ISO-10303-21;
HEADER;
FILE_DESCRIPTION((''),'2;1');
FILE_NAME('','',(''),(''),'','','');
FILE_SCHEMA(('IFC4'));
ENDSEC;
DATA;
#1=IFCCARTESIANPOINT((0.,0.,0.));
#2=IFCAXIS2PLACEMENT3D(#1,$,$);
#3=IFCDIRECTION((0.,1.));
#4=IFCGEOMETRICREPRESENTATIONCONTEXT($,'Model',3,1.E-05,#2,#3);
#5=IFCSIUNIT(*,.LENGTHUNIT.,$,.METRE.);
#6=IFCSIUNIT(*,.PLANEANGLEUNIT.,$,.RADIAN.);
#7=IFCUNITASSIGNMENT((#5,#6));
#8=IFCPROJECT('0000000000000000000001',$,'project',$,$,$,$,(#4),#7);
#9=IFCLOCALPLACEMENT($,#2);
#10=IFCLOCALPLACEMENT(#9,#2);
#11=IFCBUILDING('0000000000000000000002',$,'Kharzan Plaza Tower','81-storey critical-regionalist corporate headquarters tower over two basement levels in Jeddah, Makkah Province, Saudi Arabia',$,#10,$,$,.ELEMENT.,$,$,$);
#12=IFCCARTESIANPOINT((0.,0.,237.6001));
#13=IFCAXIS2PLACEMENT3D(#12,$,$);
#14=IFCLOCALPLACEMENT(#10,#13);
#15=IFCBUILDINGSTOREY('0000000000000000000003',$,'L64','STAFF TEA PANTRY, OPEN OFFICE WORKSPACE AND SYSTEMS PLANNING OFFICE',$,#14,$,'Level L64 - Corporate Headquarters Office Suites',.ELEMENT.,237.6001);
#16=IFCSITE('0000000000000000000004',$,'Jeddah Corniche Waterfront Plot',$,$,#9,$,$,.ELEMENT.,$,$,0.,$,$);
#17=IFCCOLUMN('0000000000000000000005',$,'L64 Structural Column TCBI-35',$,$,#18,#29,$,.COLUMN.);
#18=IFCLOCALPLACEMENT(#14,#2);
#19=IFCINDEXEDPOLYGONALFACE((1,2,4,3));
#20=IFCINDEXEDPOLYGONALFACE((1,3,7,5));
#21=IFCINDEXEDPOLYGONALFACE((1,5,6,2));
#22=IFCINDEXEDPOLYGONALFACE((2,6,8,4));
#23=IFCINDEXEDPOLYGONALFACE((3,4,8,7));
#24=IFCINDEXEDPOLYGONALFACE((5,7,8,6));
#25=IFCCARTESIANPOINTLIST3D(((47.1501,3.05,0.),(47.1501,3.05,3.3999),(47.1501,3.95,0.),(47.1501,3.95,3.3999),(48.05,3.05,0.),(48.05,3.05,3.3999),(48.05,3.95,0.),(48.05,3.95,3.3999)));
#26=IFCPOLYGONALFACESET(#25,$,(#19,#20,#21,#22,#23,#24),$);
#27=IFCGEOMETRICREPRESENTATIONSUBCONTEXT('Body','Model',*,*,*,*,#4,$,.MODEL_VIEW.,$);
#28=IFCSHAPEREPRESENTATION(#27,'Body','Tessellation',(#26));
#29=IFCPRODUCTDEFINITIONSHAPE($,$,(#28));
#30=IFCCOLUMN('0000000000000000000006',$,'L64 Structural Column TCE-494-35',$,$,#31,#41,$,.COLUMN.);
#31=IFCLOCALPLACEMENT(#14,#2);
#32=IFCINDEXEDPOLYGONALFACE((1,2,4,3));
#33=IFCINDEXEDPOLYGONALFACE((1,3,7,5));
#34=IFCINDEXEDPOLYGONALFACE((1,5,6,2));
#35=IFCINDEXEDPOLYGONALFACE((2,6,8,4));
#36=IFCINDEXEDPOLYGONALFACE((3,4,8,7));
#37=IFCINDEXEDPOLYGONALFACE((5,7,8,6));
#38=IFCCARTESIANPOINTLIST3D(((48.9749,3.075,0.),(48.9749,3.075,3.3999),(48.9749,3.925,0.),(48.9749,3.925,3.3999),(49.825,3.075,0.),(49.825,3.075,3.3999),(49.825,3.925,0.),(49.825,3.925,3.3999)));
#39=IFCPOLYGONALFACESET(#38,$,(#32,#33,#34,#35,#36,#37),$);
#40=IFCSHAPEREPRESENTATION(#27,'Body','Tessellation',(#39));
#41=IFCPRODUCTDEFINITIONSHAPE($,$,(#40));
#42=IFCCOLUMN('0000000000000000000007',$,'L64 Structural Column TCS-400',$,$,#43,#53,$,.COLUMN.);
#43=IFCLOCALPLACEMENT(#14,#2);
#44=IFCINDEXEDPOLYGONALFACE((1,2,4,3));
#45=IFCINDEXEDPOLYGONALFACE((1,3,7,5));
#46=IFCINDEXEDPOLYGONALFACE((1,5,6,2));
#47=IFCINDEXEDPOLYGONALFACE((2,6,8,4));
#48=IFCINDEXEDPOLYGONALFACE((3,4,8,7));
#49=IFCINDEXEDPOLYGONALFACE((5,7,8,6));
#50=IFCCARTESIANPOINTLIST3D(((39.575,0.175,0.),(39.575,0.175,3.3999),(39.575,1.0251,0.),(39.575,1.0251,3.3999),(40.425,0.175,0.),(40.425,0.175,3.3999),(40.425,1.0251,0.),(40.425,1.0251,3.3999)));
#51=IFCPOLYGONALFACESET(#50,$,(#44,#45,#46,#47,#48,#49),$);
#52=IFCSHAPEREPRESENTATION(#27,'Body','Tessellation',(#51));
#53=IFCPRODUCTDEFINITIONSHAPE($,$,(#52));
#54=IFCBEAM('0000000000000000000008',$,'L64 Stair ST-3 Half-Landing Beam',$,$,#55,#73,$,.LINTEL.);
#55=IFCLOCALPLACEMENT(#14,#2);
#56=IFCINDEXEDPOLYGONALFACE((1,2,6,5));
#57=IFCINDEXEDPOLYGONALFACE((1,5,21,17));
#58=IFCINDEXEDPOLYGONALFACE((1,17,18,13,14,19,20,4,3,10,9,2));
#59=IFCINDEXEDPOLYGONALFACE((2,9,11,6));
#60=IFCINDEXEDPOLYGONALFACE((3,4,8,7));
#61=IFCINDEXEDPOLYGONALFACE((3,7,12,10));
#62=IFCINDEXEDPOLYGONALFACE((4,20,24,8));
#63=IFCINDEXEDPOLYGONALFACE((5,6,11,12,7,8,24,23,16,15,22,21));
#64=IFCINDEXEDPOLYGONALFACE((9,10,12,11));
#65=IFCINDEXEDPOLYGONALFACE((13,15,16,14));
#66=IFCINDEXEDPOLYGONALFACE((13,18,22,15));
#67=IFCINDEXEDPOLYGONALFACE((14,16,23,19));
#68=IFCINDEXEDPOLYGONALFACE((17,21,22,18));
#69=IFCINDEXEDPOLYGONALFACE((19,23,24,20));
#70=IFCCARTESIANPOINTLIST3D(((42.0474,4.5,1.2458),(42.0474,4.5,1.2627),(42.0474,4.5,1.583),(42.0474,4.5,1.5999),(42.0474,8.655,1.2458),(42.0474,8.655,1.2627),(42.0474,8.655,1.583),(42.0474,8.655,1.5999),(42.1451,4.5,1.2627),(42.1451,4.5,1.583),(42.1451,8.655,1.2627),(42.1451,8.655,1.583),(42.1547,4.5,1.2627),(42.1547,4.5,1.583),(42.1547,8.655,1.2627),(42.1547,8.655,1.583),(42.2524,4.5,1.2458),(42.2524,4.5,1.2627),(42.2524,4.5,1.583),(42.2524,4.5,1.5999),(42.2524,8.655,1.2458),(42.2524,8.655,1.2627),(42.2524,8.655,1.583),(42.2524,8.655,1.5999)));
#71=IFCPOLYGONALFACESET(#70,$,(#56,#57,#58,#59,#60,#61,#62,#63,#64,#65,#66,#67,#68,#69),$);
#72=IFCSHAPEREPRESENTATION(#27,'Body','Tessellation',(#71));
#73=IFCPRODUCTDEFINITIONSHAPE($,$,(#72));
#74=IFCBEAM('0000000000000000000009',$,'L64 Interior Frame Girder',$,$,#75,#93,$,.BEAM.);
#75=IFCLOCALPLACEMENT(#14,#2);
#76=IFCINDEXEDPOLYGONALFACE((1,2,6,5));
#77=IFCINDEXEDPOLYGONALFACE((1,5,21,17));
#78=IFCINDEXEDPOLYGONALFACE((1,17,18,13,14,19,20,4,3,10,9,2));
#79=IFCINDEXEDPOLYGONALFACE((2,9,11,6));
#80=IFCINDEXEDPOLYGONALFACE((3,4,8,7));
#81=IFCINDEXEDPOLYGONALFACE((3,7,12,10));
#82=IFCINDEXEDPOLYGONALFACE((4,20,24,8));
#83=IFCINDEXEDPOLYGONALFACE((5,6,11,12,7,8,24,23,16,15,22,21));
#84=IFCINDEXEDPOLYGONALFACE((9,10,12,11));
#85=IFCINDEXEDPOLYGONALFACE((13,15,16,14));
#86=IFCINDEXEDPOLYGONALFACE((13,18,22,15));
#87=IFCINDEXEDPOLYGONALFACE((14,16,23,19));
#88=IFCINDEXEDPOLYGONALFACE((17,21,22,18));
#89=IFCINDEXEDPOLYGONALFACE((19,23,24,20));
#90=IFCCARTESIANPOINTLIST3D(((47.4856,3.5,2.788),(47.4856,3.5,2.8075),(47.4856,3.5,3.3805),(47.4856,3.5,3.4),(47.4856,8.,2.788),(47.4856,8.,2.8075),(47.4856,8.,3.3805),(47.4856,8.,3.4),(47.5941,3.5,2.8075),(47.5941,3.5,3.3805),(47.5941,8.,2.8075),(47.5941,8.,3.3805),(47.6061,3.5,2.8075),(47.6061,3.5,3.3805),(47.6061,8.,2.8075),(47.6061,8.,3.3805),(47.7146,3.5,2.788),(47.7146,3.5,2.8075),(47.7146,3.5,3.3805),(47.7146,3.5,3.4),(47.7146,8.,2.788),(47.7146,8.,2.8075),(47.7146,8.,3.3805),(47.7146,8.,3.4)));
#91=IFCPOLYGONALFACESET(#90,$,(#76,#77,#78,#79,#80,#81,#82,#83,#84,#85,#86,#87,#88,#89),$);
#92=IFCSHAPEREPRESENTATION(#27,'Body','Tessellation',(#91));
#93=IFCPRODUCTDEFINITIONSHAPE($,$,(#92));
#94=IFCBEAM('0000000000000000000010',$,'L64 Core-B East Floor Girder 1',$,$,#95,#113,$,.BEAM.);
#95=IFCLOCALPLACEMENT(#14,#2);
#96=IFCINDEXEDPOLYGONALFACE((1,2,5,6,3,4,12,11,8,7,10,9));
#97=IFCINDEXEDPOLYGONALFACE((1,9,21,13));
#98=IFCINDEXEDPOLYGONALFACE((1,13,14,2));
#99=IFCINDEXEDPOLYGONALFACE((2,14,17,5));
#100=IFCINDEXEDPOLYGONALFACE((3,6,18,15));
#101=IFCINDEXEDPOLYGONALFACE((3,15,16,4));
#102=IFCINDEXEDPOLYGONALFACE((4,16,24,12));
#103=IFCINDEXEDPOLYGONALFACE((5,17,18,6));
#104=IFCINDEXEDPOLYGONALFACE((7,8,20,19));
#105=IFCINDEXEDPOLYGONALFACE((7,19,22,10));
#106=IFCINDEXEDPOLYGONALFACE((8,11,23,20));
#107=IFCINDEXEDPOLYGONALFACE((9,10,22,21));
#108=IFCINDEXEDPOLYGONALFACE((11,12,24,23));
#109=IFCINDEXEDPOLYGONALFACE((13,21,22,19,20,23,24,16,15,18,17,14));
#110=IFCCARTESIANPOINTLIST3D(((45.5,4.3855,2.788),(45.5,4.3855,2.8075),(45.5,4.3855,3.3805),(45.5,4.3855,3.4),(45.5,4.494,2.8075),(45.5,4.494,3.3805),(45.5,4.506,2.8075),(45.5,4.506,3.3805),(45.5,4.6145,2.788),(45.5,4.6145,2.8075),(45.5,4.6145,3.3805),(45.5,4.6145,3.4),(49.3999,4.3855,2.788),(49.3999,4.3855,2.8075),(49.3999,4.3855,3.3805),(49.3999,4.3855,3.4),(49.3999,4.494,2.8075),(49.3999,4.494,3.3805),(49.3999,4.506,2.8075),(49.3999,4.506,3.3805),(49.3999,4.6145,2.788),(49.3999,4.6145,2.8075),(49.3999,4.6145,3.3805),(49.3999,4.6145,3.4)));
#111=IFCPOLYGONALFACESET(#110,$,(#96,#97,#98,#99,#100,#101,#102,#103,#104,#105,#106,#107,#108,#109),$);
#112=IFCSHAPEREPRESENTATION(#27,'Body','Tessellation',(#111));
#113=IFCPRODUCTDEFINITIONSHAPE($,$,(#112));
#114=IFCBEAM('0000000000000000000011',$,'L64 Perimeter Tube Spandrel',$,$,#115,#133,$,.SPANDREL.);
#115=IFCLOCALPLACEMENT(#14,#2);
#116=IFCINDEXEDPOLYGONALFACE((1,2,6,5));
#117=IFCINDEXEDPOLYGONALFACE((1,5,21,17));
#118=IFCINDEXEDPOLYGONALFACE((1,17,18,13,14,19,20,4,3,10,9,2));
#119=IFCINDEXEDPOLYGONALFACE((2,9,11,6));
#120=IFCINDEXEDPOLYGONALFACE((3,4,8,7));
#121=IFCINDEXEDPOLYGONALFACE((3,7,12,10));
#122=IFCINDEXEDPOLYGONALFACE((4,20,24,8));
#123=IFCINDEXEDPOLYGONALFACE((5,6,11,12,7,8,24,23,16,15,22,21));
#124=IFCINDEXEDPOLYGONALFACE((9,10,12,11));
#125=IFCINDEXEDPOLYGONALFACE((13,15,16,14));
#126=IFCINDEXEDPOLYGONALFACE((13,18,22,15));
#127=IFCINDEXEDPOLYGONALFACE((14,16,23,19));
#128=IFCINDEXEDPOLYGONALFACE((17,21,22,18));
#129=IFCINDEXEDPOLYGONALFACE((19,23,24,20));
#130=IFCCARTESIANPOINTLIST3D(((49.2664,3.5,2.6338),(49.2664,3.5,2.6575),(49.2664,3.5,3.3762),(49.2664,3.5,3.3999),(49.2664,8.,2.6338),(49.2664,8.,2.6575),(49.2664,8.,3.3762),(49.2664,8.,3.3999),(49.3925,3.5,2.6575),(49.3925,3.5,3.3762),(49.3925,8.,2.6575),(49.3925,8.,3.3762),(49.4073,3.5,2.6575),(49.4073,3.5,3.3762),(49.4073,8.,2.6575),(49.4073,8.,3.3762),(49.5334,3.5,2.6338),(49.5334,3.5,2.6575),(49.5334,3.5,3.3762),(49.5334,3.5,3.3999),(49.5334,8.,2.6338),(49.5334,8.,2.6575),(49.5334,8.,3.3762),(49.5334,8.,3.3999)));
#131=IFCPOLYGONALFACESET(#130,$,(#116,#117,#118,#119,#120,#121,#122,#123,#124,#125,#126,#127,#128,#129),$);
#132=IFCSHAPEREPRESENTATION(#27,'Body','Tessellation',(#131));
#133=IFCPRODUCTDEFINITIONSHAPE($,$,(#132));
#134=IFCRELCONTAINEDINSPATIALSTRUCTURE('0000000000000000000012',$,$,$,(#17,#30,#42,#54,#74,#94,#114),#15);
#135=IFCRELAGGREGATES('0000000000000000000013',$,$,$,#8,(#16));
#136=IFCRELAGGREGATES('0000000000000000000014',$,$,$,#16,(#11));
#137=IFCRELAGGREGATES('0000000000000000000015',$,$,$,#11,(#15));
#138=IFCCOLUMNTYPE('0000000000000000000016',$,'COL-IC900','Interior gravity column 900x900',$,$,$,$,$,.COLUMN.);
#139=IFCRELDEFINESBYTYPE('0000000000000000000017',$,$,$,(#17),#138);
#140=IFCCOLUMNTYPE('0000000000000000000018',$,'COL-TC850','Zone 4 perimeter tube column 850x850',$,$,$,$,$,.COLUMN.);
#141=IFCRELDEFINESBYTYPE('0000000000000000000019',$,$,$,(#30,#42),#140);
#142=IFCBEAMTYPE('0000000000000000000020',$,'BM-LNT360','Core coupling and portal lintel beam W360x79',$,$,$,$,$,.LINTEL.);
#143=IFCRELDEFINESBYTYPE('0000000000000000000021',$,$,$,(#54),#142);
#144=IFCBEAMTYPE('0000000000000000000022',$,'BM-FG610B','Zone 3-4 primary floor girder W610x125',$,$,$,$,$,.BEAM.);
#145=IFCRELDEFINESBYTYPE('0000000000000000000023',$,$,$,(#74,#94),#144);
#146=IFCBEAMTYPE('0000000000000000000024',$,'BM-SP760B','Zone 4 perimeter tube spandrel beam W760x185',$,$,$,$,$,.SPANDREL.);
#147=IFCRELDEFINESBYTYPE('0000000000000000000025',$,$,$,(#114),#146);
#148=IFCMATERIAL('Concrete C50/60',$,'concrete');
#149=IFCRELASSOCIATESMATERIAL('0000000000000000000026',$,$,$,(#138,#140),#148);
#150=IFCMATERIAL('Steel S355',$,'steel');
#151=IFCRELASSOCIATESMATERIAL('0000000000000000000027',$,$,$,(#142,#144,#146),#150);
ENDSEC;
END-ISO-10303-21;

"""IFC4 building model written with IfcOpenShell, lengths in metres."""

from ifc_helpers import new_model, si_unit, direction, frame, origin, origin_2d, place, context, subcontext, project, spatial, rectangle, i_section, extrude, source, transform, mapped, material, material_profile, profile_set, type_object, element, save


model = new_model("IFC4")

# Units and contexts
model_context = context("Model", 3, precision=1e-05, world=origin(), true_north=direction((0.0, 1.0)))
body_context = subcontext(model_context, "Body", "Model", "MODEL_VIEW")
ifc_project = project(units=[si_unit("LENGTHUNIT", "METRE"), si_unit("PLANEANGLEUNIT", "RADIAN")], contexts=[model_context])

# Site, building, storey
site_placement = place(None, origin())
site = spatial("IfcSite", under=ifc_project, at=site_placement, Name="Jeddah Corniche Waterfront Plot", CompositionType="ELEMENT", RefElevation=0.0)
building_placement = place(site_placement, origin())
building = spatial("IfcBuilding", under=site, at=building_placement, Name="Kharzan Plaza Tower", Description="81-storey critical-regionalist corporate headquarters tower over two basement levels in Jeddah, Makkah Province, Saudi Arabia", CompositionType="ELEMENT")
storey_placement = place(building_placement, frame((0.0, 0.0, 237.6001)))
storey = spatial("IfcBuildingStorey", under=building, at=storey_placement, Name="L64", Description="STAFF TEA PANTRY, OPEN OFFICE WORKSPACE AND SYSTEMS PLANNING OFFICE", LongName="Level L64 - Corporate Headquarters Office Suites", CompositionType="ELEMENT", Elevation=237.6001)

# Columns
ifc_material_1 = material(Name="Concrete C50/60", Category="concrete")
ifc_material_profile_1 = material_profile(ifc_material_1, rectangle(XDim=0.8999, YDim=0.8999, at=origin_2d()), Name="RC-IC900x900")
ifc_profile_set_1 = profile_set([ifc_material_profile_1], Name="Concrete C50/60")
column_type_1 = type_object("IfcColumnType", Name="COL-IC900", Description="Interior gravity column 900x900", PredefinedType="COLUMN", material=ifc_profile_set_1)
shared_shape_1 = source(origin(), body_context, "Body", "SweptSolid", [
    extrude(rectangle(XDim=0.8999, YDim=0.8999, at=origin_2d()), origin(), (0.0, 0.0, 1.0), 3.3999),
])
column_placement = place(storey_placement, frame((47.6001, 3.5, 0.0), z_axis=(0.0, 0.0, 1.0), x_axis=(1.0, 0.0, 0.0)))
element("IfcColumn", 1, at=column_placement, inside=storey, type_object=column_type_1, Name="L64 Structural Column TCBI-35", PredefinedType="COLUMN", context=body_context, shape_type="MappedRepresentation", body=[
    mapped(shared_shape_1, transform((0.0, 0.0, 0.0), x_axis=(1.0, 0.0, 0.0), y_axis=(0.0, 1.0, 0.0), z_axis=(0.0, 0.0, 1.0))),
])
ifc_material_profile_2 = material_profile(ifc_material_1, rectangle(XDim=0.8501, YDim=0.8501, at=origin_2d()), Name="RC-TC850x850")
ifc_profile_set_2 = profile_set([ifc_material_profile_2], Name="Concrete C50/60")
column_type_2 = type_object("IfcColumnType", Name="COL-TC850", Description="Zone 4 perimeter tube column 850x850", PredefinedType="COLUMN", material=ifc_profile_set_2)
shared_shape_2 = source(origin(), body_context, "Body", "SweptSolid", [
    extrude(rectangle(XDim=0.8501, YDim=0.8501, at=origin_2d()), origin(), (0.0, 0.0, 1.0), 3.3999),
])
for number, where, z_axis, x_axis, name in (
    (2, (49.3999, 3.5, 0.0), (0.0, 0.0, 1.0), (1.0, 0.0, 0.0), "L64 Structural Column TCE-494-35"),
    (3, (40.0, 0.6001, 0.0), (0.0, 0.0, 1.0), (1.0, 0.0, 0.0), "L64 Structural Column TCS-400"),
):
    element("IfcColumn", number, at=place(storey_placement, frame(where, z_axis=z_axis, x_axis=x_axis)), inside=storey, type_object=column_type_2, Name=name, PredefinedType="COLUMN", context=body_context, shape_type="MappedRepresentation", body=[
        mapped(shared_shape_2, transform((0.0, 0.0, 0.0), x_axis=(1.0, 0.0, 0.0), y_axis=(0.0, 1.0, 0.0), z_axis=(0.0, 0.0, 1.0))),
    ])

# Beams
ifc_material_2 = material(Name="Steel S355", Category="steel")
ifc_material_profile_3 = material_profile(ifc_material_2, i_section(OverallWidth=0.2051, OverallDepth=0.354, WebThickness=0.0095, FlangeThickness=0.0168, at=origin_2d()), Name="W360x79")
ifc_profile_set_3 = profile_set([ifc_material_profile_3], Name="Steel S355")
beam_type_1 = type_object("IfcBeamType", Name="BM-LNT360", Description="Core coupling and portal lintel beam W360x79", PredefinedType="LINTEL", material=ifc_profile_set_3)
shared_shape_3 = source(origin(), body_context, "Body", "SweptSolid", [
    extrude(i_section(OverallWidth=0.2051, OverallDepth=0.354, WebThickness=0.0095, FlangeThickness=0.0168, at=origin_2d()), origin(), (0.0, 0.0, 1.0), 4.155),
])
beam_1_placement = place(storey_placement, frame((42.1499, 4.5, 1.4229), z_axis=(0.0, 1.0, 0.0), x_axis=(-1.0, 0.0, 0.0)))
element("IfcBeam", 4, at=beam_1_placement, inside=storey, type_object=beam_type_1, Name="L64 Stair ST-3 Half-Landing Beam", PredefinedType="LINTEL", context=body_context, shape_type="MappedRepresentation", body=[
    mapped(shared_shape_3, transform((0.0, 0.0, 0.0), x_axis=(1.0, 0.0, 0.0), y_axis=(0.0, 1.0, 0.0), z_axis=(0.0, 0.0, 1.0))),
])
ifc_material_profile_4 = material_profile(ifc_material_2, i_section(OverallWidth=0.229, OverallDepth=0.6121, WebThickness=0.012, FlangeThickness=0.0195, at=origin_2d()), Name="W610x125")
ifc_profile_set_4 = profile_set([ifc_material_profile_4], Name="Steel S355")
beam_type_2 = type_object("IfcBeamType", Name="BM-FG610B", Description="Zone 3-4 primary floor girder W610x125", PredefinedType="BEAM", material=ifc_profile_set_4)
shared_shape_4 = source(origin(), body_context, "Body", "SweptSolid", [
    extrude(i_section(OverallWidth=0.229, OverallDepth=0.6121, WebThickness=0.012, FlangeThickness=0.0195, at=origin_2d()), origin(), (0.0, 0.0, 1.0), 4.5),
])
beam_2_placement = place(storey_placement, frame((47.6001, 3.5, 3.094), z_axis=(0.0, 1.0, 0.0), x_axis=(-1.0, 0.0, 0.0)))
element("IfcBeam", 5, at=beam_2_placement, inside=storey, type_object=beam_type_2, Name="L64 Interior Frame Girder", PredefinedType="BEAM", context=body_context, shape_type="MappedRepresentation", body=[
    mapped(shared_shape_4, transform((0.0, 0.0, 0.0), x_axis=(1.0, 0.0, 0.0), y_axis=(0.0, 1.0, 0.0), z_axis=(0.0, 0.0, 1.0))),
])
shared_shape_5 = source(origin(), body_context, "Body", "SweptSolid", [
    extrude(i_section(OverallWidth=0.229, OverallDepth=0.6121, WebThickness=0.012, FlangeThickness=0.0195, at=origin_2d()), origin(), (0.0, 0.0, 1.0), 3.8999),
])
beam_3_placement = place(storey_placement, frame((45.5, 4.5, 3.094), z_axis=(1.0, 0.0, 0.0), x_axis=(0.0, 1.0, 0.0)))
element("IfcBeam", 6, at=beam_3_placement, inside=storey, type_object=beam_type_2, Name="L64 Core-B East Floor Girder 1", PredefinedType="BEAM", context=body_context, shape_type="MappedRepresentation", body=[
    mapped(shared_shape_5, transform((0.0, 0.0, 0.0), x_axis=(1.0, 0.0, 0.0), y_axis=(0.0, 1.0, 0.0), z_axis=(0.0, 0.0, 1.0))),
])
ifc_material_profile_5 = material_profile(ifc_material_2, i_section(OverallWidth=0.2671, OverallDepth=0.7661, WebThickness=0.0149, FlangeThickness=0.0237, at=origin_2d()), Name="W760x185")
ifc_profile_set_5 = profile_set([ifc_material_profile_5], Name="Steel S355")
beam_type_3 = type_object("IfcBeamType", Name="BM-SP760B", Description="Zone 4 perimeter tube spandrel beam W760x185", PredefinedType="SPANDREL", material=ifc_profile_set_5)
shared_shape_6 = source(origin(), body_context, "Body", "SweptSolid", [
    extrude(i_section(OverallWidth=0.2671, OverallDepth=0.7661, WebThickness=0.0149, FlangeThickness=0.0237, at=origin_2d()), origin(), (0.0, 0.0, 1.0), 4.5),
])
beam_4_placement = place(storey_placement, frame((49.3999, 3.5, 3.0168), z_axis=(0.0, 1.0, 0.0), x_axis=(-1.0, 0.0, 0.0)))
element("IfcBeam", 7, at=beam_4_placement, inside=storey, type_object=beam_type_3, Name="L64 Perimeter Tube Spandrel", PredefinedType="SPANDREL", context=body_context, shape_type="MappedRepresentation", body=[
    mapped(shared_shape_6, transform((0.0, 0.0, 0.0), x_axis=(1.0, 0.0, 0.0), y_axis=(0.0, 1.0, 0.0), z_axis=(0.0, 0.0, 1.0))),
])

save(model, "model.ifc")
